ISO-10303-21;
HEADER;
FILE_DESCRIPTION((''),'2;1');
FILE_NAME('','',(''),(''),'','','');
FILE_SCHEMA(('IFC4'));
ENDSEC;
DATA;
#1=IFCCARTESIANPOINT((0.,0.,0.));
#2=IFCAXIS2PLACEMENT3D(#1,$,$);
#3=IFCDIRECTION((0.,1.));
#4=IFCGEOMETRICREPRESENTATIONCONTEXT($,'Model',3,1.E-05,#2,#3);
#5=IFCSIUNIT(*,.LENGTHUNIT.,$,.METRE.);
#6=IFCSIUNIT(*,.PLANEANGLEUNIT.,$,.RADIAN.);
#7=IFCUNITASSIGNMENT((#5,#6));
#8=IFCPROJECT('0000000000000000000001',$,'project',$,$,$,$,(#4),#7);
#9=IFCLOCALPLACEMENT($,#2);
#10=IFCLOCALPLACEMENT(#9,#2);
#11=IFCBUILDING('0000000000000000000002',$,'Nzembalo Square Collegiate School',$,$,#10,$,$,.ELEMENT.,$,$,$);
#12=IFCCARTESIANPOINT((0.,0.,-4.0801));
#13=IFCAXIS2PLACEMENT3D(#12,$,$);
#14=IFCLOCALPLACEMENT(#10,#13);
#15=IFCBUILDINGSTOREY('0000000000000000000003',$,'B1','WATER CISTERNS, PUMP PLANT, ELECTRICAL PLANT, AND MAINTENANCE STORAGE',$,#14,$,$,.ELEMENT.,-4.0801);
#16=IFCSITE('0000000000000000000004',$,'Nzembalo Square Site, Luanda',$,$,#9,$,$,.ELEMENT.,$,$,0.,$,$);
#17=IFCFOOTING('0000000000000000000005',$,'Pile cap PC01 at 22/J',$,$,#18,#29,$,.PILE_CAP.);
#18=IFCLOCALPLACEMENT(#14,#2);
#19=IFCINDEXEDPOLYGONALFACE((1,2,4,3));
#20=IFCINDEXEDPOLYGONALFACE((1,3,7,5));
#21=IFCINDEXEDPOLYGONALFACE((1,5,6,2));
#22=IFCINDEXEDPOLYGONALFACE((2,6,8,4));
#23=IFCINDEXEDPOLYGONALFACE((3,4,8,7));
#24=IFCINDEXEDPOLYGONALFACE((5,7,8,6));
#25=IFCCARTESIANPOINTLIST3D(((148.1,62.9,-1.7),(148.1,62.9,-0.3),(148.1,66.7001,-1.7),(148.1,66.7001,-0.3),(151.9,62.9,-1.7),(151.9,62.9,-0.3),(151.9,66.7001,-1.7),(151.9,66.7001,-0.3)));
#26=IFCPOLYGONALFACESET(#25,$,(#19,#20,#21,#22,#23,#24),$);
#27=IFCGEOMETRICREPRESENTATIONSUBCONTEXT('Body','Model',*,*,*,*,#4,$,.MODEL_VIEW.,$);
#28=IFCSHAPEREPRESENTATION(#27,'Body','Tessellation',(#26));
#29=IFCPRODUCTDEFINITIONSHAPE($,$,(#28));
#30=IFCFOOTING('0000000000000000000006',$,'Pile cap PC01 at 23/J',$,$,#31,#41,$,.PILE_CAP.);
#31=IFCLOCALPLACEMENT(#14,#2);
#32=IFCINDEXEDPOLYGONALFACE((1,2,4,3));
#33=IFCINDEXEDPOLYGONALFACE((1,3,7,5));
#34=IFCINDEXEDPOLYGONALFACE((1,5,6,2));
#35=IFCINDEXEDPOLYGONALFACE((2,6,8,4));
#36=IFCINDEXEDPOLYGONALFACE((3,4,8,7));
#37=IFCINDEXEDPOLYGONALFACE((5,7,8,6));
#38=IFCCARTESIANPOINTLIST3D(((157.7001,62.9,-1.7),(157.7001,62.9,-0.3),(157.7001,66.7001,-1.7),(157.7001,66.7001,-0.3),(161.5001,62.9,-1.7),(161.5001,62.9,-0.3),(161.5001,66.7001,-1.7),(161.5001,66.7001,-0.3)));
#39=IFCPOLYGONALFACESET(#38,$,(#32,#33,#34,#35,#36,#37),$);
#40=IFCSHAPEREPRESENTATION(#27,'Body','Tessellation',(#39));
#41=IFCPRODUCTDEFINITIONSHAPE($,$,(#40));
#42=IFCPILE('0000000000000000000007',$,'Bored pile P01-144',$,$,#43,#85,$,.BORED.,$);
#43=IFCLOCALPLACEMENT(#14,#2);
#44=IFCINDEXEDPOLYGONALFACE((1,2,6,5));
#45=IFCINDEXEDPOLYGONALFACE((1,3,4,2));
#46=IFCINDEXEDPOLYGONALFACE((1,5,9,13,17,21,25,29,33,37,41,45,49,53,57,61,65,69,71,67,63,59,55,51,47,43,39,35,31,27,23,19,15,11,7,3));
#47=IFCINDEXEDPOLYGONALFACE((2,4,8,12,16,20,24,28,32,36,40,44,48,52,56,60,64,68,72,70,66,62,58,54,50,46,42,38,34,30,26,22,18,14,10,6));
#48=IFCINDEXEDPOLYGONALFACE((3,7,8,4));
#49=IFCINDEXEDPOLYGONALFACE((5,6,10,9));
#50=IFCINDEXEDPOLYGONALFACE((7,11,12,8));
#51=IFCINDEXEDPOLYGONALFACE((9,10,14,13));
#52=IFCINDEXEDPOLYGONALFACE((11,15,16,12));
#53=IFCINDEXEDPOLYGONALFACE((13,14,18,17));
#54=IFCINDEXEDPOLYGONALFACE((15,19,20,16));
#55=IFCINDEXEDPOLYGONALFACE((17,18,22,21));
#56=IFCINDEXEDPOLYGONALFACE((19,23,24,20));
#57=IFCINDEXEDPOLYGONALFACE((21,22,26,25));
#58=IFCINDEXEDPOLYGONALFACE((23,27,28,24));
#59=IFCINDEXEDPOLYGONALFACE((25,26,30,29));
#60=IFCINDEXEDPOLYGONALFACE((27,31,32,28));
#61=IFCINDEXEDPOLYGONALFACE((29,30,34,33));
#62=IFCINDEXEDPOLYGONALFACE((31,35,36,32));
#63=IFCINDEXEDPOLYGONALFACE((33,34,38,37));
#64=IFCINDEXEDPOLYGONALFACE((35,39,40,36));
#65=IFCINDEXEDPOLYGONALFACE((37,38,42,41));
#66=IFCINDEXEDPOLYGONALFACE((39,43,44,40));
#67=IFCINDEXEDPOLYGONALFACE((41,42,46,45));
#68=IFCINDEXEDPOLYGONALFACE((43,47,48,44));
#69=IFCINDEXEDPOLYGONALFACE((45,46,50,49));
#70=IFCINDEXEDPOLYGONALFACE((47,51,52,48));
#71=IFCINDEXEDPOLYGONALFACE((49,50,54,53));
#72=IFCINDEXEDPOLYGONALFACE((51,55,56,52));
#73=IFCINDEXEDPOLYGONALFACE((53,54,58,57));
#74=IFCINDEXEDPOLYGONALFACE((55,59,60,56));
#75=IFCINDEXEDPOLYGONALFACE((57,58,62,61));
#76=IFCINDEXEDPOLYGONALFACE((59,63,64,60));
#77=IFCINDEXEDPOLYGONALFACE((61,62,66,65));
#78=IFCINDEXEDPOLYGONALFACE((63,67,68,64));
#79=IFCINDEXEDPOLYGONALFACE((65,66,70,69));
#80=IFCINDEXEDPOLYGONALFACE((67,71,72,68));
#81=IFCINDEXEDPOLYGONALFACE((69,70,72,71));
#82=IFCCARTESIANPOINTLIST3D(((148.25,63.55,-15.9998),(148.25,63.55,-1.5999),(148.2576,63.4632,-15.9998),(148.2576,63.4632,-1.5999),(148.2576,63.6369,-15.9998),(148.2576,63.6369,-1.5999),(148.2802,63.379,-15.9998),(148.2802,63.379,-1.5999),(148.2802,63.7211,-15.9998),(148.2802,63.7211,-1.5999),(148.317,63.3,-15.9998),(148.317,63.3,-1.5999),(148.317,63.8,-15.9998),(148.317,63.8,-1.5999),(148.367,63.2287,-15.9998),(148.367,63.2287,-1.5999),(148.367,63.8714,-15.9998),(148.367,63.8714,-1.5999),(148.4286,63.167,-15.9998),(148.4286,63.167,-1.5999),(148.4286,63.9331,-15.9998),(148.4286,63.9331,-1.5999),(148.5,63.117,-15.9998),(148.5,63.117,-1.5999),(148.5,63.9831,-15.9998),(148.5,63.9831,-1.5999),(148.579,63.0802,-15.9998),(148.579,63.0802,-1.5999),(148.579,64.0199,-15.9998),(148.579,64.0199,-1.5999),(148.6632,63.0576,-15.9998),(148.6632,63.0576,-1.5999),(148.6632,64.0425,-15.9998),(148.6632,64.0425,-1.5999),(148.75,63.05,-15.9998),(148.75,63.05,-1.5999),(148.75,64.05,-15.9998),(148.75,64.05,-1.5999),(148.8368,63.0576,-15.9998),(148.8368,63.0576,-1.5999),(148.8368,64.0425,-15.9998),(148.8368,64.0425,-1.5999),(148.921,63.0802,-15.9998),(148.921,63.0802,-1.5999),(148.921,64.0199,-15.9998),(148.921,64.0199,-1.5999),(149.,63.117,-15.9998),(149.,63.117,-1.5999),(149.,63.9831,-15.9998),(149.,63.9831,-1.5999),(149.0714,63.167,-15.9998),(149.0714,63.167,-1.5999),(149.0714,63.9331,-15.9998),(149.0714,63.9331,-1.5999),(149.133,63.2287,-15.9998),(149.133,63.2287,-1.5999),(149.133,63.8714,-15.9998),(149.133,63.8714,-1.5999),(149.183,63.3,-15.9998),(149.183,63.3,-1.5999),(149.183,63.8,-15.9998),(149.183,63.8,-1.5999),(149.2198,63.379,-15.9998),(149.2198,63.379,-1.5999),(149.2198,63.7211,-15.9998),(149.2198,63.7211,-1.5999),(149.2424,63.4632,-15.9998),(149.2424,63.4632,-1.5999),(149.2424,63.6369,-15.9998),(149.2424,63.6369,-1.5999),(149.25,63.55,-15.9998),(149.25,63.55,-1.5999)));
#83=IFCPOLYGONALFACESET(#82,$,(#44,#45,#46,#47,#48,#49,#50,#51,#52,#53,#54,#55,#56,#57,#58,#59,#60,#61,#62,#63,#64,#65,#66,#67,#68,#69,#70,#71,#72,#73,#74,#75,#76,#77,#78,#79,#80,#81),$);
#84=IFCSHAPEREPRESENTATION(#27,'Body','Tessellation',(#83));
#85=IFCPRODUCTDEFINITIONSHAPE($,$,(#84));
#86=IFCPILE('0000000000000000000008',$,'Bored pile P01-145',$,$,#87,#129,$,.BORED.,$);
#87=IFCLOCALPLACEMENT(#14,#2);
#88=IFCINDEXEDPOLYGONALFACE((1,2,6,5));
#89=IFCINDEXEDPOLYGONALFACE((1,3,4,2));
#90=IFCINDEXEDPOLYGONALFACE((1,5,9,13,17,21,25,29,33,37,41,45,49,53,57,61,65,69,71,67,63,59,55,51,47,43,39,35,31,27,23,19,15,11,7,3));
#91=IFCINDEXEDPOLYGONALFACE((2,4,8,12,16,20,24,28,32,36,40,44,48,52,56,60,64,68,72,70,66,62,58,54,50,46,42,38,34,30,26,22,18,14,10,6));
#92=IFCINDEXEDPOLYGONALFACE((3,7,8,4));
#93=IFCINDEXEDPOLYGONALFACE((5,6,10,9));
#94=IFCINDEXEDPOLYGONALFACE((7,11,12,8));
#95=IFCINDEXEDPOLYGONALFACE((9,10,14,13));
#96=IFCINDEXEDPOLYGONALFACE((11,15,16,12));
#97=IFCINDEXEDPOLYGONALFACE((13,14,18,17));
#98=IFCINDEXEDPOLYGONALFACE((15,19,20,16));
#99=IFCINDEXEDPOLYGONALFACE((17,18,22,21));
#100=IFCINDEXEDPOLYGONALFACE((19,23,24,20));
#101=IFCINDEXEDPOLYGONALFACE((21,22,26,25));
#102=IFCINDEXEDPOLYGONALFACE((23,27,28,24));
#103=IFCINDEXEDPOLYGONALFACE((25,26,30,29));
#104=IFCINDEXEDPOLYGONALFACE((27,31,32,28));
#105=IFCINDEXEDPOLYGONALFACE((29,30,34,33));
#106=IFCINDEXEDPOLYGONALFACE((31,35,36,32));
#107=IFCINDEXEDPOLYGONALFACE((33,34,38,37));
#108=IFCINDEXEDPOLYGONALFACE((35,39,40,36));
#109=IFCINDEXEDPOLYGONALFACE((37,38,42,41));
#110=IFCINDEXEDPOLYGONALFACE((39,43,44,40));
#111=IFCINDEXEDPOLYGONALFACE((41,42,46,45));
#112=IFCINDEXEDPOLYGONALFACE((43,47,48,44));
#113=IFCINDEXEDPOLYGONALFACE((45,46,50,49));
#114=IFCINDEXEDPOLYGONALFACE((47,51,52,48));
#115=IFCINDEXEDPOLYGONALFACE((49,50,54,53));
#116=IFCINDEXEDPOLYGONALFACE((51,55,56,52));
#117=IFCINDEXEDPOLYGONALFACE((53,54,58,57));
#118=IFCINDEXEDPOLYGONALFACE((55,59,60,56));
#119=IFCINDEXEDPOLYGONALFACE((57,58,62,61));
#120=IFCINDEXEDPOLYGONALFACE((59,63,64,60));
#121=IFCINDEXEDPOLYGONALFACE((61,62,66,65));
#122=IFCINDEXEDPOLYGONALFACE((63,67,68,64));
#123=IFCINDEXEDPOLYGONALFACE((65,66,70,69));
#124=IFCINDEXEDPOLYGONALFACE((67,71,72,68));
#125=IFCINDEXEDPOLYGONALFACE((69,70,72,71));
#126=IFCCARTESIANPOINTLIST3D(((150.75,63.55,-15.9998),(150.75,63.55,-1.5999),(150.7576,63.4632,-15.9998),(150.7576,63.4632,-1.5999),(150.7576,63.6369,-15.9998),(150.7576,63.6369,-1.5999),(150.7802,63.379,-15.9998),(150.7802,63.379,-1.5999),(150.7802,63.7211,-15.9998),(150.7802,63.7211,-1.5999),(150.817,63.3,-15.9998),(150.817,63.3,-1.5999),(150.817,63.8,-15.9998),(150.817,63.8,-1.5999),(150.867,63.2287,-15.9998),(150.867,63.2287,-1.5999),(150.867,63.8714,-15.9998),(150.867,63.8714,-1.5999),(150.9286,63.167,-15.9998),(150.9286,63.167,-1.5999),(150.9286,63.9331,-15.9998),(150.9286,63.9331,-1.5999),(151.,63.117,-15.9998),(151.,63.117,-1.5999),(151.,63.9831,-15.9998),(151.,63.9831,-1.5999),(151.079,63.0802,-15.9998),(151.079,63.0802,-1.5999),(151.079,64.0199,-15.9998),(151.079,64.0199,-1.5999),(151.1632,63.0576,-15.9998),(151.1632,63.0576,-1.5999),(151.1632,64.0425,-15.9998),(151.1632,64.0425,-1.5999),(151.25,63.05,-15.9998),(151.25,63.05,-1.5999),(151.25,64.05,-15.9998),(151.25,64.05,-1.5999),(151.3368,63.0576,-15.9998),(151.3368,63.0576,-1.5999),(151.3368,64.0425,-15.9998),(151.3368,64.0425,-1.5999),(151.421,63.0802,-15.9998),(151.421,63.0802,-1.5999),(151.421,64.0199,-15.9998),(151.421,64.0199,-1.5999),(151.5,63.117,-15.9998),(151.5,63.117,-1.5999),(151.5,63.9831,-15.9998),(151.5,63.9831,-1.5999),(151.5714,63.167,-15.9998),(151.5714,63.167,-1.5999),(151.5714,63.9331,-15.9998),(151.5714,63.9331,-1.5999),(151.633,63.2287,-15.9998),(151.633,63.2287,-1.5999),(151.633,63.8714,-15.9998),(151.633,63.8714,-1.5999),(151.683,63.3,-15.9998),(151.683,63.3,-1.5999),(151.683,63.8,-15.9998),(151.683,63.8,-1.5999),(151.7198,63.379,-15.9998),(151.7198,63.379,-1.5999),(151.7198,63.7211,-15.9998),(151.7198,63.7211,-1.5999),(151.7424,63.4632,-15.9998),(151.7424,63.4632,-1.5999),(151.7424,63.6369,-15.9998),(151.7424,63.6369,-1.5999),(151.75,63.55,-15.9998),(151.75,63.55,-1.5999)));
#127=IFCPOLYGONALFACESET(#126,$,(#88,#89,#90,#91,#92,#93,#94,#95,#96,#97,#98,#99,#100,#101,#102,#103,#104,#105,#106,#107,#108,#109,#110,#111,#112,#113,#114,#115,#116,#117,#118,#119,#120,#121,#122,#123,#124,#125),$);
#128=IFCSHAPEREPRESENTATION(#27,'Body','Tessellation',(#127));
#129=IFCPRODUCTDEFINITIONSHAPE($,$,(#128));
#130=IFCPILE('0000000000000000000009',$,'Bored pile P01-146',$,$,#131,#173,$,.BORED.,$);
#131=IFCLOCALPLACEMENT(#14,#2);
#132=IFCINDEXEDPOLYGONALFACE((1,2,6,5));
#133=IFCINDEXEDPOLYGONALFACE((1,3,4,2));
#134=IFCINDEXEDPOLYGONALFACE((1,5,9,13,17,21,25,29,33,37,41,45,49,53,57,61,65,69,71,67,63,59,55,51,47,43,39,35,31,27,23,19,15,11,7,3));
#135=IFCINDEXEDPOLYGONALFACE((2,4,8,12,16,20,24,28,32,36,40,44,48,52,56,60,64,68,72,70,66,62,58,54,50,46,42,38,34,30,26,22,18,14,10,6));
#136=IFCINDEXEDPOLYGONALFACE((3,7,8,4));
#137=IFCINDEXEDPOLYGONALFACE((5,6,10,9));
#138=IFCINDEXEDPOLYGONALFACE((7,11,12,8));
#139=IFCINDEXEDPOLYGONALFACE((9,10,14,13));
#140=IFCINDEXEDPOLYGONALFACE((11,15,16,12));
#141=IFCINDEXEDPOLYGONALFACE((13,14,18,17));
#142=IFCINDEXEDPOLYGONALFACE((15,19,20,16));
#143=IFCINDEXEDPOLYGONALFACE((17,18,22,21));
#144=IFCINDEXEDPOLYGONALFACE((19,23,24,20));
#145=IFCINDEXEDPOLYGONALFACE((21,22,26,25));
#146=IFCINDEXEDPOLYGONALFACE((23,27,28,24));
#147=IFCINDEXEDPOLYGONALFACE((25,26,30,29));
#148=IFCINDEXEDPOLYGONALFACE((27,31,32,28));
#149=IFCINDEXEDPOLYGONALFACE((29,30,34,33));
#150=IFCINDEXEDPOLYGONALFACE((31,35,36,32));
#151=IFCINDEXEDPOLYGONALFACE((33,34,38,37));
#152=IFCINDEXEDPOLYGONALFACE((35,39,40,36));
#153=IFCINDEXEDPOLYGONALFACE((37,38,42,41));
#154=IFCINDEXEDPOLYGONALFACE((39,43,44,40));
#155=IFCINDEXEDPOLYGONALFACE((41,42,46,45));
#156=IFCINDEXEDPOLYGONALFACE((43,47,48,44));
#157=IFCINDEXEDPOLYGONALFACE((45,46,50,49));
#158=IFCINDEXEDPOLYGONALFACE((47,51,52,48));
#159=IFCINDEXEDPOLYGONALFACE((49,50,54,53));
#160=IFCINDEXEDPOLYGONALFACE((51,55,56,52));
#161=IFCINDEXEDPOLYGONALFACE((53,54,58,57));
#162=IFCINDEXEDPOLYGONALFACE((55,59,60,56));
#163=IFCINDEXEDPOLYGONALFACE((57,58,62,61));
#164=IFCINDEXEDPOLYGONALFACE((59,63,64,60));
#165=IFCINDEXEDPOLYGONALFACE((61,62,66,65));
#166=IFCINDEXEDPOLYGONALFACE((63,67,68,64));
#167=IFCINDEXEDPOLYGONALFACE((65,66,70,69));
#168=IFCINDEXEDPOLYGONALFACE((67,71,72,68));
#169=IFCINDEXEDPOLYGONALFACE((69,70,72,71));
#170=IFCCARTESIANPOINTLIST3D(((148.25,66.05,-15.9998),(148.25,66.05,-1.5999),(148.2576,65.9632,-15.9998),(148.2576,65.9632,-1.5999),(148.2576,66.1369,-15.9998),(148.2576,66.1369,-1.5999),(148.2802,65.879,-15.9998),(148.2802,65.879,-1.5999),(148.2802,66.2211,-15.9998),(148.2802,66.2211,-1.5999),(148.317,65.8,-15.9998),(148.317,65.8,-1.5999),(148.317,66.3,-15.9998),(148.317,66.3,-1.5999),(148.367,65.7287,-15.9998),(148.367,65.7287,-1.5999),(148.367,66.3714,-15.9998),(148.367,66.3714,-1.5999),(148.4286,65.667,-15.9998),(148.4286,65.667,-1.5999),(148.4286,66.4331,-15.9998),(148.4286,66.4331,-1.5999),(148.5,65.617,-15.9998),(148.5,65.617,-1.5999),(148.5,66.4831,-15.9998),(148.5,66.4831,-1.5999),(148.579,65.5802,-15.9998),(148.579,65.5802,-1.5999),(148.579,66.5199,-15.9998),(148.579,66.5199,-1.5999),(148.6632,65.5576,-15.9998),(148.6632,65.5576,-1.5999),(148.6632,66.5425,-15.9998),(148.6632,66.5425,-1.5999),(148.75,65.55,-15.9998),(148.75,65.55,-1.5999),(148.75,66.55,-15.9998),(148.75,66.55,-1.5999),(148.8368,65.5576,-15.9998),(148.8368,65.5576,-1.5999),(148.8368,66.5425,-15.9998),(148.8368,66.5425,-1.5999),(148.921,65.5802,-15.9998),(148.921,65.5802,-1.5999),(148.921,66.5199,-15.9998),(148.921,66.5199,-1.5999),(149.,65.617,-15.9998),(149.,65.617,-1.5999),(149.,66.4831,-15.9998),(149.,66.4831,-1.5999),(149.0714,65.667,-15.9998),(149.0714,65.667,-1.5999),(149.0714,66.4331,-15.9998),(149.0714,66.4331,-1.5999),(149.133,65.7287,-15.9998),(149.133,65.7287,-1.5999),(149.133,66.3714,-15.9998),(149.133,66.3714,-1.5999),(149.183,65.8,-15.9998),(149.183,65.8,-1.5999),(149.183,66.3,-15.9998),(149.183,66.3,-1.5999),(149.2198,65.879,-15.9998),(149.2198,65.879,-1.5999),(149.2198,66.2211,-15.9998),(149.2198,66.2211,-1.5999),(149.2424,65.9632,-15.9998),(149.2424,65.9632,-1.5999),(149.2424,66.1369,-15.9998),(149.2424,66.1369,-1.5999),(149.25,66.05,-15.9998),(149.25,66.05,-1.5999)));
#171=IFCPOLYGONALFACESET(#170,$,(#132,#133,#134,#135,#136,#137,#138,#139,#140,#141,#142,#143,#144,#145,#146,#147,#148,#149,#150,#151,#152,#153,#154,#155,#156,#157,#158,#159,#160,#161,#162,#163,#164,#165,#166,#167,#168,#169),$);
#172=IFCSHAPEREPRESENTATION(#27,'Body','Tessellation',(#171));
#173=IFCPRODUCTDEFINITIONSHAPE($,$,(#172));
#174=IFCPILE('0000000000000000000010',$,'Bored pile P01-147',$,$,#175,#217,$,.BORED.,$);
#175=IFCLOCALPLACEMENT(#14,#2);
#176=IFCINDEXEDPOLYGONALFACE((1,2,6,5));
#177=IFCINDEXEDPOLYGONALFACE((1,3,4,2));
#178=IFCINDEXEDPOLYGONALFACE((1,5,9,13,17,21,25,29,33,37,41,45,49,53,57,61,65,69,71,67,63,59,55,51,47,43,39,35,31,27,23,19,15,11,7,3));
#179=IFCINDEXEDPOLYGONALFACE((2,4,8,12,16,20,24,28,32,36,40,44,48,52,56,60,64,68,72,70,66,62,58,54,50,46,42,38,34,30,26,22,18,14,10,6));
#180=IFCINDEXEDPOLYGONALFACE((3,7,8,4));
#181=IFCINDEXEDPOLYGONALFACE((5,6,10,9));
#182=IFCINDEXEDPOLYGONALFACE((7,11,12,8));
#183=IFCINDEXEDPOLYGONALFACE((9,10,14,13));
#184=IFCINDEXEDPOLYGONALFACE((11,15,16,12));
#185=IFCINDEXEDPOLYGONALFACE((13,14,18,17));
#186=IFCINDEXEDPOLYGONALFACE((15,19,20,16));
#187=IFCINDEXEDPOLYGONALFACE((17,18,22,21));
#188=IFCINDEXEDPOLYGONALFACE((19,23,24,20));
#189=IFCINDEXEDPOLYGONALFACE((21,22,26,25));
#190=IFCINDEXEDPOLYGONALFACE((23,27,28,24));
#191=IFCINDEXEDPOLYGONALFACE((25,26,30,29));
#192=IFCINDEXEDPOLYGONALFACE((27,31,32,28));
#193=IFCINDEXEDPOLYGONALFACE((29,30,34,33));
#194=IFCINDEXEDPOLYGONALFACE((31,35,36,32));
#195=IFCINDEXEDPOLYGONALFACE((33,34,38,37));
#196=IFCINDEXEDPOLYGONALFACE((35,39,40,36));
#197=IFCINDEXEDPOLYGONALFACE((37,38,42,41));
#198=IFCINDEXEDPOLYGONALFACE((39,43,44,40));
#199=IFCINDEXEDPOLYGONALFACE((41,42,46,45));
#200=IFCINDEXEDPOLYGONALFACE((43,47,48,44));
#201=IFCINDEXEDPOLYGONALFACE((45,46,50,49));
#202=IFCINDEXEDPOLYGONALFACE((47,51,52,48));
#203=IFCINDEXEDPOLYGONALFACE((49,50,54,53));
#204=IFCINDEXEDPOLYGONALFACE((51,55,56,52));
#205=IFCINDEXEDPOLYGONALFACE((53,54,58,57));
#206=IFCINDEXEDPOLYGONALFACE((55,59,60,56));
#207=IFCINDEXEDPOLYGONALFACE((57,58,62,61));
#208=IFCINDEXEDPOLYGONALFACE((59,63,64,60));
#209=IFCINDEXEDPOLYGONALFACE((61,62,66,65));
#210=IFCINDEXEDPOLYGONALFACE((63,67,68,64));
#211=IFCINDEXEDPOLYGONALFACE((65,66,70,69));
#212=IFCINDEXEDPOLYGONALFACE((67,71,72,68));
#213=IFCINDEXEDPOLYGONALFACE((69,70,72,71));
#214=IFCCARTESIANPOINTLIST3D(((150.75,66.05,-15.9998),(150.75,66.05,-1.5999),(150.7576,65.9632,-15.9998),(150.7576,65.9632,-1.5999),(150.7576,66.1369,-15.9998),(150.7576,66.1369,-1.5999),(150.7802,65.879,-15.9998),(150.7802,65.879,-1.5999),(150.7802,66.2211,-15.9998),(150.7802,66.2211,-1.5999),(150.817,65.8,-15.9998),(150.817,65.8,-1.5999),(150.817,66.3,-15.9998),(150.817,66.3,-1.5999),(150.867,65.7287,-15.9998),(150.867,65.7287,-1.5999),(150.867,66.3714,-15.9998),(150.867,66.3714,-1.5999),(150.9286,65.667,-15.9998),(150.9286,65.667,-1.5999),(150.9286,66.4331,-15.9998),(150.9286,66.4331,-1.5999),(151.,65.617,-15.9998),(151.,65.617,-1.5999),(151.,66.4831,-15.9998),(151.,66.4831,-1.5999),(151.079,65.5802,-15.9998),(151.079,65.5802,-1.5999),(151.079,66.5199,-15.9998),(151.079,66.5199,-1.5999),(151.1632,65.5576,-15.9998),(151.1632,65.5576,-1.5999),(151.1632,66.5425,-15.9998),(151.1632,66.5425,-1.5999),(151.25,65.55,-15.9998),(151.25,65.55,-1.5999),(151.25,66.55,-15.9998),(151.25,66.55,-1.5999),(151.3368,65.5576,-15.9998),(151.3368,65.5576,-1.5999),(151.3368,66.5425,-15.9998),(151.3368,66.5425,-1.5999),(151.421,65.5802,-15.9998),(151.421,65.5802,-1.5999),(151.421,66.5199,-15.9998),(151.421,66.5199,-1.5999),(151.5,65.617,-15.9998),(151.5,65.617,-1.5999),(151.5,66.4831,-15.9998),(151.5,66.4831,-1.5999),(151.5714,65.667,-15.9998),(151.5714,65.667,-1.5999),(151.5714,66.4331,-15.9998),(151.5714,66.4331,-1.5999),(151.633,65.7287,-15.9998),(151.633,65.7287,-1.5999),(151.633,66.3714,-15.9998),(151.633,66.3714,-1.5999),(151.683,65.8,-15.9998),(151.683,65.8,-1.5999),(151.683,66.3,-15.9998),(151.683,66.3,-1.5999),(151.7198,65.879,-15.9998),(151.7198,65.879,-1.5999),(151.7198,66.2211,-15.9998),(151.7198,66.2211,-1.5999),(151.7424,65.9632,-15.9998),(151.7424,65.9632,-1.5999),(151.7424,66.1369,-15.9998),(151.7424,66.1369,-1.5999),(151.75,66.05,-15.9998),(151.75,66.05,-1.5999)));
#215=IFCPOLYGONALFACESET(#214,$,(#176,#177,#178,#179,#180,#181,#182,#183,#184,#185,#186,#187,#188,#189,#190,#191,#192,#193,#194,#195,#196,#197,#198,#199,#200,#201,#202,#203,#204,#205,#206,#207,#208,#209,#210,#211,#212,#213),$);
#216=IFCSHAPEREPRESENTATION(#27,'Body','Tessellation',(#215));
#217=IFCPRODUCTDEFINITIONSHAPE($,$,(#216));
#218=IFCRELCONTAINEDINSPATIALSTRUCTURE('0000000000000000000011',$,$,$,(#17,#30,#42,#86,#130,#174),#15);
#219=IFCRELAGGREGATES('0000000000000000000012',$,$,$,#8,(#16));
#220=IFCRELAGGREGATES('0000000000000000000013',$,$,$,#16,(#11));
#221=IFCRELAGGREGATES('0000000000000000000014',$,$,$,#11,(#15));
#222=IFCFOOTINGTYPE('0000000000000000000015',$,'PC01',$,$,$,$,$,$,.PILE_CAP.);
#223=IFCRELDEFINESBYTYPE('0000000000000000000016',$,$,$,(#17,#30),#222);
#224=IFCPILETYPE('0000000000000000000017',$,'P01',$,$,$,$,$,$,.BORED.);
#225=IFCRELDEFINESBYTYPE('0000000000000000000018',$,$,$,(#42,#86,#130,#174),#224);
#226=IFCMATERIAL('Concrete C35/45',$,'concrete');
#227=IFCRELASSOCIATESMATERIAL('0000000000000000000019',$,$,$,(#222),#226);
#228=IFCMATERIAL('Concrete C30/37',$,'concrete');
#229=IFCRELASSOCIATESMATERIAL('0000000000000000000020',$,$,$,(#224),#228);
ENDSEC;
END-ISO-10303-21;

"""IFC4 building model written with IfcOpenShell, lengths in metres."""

from ifc_helpers import new_model, si_unit, direction, frame, origin, origin_2d, place, context, subcontext, project, spatial, rectangle, circle, extrude, material, material_profile, profile_set, type_object, element, save


model = new_model("IFC4")

# Units and contexts
model_context = context("Model", 3, precision=1e-05, world=origin(), true_north=direction((0.0, 1.0)))
body_context = subcontext(model_context, "Body", "Model", "MODEL_VIEW")
ifc_project = project(units=[si_unit("LENGTHUNIT", "METRE"), si_unit("PLANEANGLEUNIT", "RADIAN")], contexts=[model_context])

# Site, building, storey
site_placement = place(None, origin())
site = spatial("IfcSite", under=ifc_project, at=site_placement, Name="Nzembalo Square Site, Luanda", CompositionType="ELEMENT", RefElevation=0.0)
building_placement = place(site_placement, origin())
building = spatial("IfcBuilding", under=site, at=building_placement, Name="Nzembalo Square Collegiate School", CompositionType="ELEMENT")
storey_placement = place(building_placement, frame((0.0, 0.0, -4.0801)))
storey = spatial("IfcBuildingStorey", under=building, at=storey_placement, Name="B1", Description="WATER CISTERNS, PUMP PLANT, ELECTRICAL PLANT, AND MAINTENANCE STORAGE", CompositionType="ELEMENT", Elevation=-4.0801)

# Footings
ifc_material_1 = material(Name="Concrete C35/45", Category="concrete")
footing_type = type_object("IfcFootingType", Name="PC01", PredefinedType="PILE_CAP", material=ifc_material_1)
for number, where, z_axis, x_axis, name in (
    (1, (150.0, 64.8, -1.7), (0.0, 0.0, 1.0), (1.0, 0.0, 0.0), "Pile cap PC01 at 22/J"),
    (2, (159.6001, 64.8, -1.7), (0.0, 0.0, 1.0), (1.0, 0.0, 0.0), "Pile cap PC01 at 23/J"),
):
    element("IfcFooting", number, at=place(storey_placement, frame(where, z_axis=z_axis, x_axis=x_axis)), inside=storey, type_object=footing_type, Name=name, PredefinedType="PILE_CAP", context=body_context, shape_type="SweptSolid", body=[
        extrude(rectangle(XDim=3.8, YDim=3.8, at=origin_2d()), origin(), (0.0, 0.0, 1.0), 1.3999),
    ])

# Piles
ifc_material_2 = material(Name="Concrete C30/37", Category="concrete")
ifc_material_profile_1 = material_profile(ifc_material_2, circle(Radius=0.5, at=origin_2d()), Name="PILE D1000")
ifc_profile_set_1 = profile_set([ifc_material_profile_1], Name="Concrete C30/37")
pile_type = type_object("IfcPileType", Name="P01", PredefinedType="BORED", material=ifc_profile_set_1)
for number, where, z_axis, x_axis, name in (
    (3, (148.75, 63.55, -1.5999), (0.0, 0.0, -1.0), (1.0, 0.0, 0.0), "Bored pile P01-144"),
    (4, (151.25, 63.55, -1.5999), (0.0, 0.0, -1.0), (1.0, 0.0, 0.0), "Bored pile P01-145"),
    (5, (148.75, 66.05, -1.5999), (0.0, 0.0, -1.0), (1.0, 0.0, 0.0), "Bored pile P01-146"),
    (6, (151.25, 66.05, -1.5999), (0.0, 0.0, -1.0), (1.0, 0.0, 0.0), "Bored pile P01-147"),
):
    element("IfcPile", number, at=place(storey_placement, frame(where, z_axis=z_axis, x_axis=x_axis)), inside=storey, type_object=pile_type, Name=name, PredefinedType="BORED", context=body_context, shape_type="SweptSolid", body=[
        extrude(circle(Radius=0.5, at=origin_2d()), origin(), (0.0, 0.0, 1.0), 14.3999),
    ])

save(model, "model.ifc")
